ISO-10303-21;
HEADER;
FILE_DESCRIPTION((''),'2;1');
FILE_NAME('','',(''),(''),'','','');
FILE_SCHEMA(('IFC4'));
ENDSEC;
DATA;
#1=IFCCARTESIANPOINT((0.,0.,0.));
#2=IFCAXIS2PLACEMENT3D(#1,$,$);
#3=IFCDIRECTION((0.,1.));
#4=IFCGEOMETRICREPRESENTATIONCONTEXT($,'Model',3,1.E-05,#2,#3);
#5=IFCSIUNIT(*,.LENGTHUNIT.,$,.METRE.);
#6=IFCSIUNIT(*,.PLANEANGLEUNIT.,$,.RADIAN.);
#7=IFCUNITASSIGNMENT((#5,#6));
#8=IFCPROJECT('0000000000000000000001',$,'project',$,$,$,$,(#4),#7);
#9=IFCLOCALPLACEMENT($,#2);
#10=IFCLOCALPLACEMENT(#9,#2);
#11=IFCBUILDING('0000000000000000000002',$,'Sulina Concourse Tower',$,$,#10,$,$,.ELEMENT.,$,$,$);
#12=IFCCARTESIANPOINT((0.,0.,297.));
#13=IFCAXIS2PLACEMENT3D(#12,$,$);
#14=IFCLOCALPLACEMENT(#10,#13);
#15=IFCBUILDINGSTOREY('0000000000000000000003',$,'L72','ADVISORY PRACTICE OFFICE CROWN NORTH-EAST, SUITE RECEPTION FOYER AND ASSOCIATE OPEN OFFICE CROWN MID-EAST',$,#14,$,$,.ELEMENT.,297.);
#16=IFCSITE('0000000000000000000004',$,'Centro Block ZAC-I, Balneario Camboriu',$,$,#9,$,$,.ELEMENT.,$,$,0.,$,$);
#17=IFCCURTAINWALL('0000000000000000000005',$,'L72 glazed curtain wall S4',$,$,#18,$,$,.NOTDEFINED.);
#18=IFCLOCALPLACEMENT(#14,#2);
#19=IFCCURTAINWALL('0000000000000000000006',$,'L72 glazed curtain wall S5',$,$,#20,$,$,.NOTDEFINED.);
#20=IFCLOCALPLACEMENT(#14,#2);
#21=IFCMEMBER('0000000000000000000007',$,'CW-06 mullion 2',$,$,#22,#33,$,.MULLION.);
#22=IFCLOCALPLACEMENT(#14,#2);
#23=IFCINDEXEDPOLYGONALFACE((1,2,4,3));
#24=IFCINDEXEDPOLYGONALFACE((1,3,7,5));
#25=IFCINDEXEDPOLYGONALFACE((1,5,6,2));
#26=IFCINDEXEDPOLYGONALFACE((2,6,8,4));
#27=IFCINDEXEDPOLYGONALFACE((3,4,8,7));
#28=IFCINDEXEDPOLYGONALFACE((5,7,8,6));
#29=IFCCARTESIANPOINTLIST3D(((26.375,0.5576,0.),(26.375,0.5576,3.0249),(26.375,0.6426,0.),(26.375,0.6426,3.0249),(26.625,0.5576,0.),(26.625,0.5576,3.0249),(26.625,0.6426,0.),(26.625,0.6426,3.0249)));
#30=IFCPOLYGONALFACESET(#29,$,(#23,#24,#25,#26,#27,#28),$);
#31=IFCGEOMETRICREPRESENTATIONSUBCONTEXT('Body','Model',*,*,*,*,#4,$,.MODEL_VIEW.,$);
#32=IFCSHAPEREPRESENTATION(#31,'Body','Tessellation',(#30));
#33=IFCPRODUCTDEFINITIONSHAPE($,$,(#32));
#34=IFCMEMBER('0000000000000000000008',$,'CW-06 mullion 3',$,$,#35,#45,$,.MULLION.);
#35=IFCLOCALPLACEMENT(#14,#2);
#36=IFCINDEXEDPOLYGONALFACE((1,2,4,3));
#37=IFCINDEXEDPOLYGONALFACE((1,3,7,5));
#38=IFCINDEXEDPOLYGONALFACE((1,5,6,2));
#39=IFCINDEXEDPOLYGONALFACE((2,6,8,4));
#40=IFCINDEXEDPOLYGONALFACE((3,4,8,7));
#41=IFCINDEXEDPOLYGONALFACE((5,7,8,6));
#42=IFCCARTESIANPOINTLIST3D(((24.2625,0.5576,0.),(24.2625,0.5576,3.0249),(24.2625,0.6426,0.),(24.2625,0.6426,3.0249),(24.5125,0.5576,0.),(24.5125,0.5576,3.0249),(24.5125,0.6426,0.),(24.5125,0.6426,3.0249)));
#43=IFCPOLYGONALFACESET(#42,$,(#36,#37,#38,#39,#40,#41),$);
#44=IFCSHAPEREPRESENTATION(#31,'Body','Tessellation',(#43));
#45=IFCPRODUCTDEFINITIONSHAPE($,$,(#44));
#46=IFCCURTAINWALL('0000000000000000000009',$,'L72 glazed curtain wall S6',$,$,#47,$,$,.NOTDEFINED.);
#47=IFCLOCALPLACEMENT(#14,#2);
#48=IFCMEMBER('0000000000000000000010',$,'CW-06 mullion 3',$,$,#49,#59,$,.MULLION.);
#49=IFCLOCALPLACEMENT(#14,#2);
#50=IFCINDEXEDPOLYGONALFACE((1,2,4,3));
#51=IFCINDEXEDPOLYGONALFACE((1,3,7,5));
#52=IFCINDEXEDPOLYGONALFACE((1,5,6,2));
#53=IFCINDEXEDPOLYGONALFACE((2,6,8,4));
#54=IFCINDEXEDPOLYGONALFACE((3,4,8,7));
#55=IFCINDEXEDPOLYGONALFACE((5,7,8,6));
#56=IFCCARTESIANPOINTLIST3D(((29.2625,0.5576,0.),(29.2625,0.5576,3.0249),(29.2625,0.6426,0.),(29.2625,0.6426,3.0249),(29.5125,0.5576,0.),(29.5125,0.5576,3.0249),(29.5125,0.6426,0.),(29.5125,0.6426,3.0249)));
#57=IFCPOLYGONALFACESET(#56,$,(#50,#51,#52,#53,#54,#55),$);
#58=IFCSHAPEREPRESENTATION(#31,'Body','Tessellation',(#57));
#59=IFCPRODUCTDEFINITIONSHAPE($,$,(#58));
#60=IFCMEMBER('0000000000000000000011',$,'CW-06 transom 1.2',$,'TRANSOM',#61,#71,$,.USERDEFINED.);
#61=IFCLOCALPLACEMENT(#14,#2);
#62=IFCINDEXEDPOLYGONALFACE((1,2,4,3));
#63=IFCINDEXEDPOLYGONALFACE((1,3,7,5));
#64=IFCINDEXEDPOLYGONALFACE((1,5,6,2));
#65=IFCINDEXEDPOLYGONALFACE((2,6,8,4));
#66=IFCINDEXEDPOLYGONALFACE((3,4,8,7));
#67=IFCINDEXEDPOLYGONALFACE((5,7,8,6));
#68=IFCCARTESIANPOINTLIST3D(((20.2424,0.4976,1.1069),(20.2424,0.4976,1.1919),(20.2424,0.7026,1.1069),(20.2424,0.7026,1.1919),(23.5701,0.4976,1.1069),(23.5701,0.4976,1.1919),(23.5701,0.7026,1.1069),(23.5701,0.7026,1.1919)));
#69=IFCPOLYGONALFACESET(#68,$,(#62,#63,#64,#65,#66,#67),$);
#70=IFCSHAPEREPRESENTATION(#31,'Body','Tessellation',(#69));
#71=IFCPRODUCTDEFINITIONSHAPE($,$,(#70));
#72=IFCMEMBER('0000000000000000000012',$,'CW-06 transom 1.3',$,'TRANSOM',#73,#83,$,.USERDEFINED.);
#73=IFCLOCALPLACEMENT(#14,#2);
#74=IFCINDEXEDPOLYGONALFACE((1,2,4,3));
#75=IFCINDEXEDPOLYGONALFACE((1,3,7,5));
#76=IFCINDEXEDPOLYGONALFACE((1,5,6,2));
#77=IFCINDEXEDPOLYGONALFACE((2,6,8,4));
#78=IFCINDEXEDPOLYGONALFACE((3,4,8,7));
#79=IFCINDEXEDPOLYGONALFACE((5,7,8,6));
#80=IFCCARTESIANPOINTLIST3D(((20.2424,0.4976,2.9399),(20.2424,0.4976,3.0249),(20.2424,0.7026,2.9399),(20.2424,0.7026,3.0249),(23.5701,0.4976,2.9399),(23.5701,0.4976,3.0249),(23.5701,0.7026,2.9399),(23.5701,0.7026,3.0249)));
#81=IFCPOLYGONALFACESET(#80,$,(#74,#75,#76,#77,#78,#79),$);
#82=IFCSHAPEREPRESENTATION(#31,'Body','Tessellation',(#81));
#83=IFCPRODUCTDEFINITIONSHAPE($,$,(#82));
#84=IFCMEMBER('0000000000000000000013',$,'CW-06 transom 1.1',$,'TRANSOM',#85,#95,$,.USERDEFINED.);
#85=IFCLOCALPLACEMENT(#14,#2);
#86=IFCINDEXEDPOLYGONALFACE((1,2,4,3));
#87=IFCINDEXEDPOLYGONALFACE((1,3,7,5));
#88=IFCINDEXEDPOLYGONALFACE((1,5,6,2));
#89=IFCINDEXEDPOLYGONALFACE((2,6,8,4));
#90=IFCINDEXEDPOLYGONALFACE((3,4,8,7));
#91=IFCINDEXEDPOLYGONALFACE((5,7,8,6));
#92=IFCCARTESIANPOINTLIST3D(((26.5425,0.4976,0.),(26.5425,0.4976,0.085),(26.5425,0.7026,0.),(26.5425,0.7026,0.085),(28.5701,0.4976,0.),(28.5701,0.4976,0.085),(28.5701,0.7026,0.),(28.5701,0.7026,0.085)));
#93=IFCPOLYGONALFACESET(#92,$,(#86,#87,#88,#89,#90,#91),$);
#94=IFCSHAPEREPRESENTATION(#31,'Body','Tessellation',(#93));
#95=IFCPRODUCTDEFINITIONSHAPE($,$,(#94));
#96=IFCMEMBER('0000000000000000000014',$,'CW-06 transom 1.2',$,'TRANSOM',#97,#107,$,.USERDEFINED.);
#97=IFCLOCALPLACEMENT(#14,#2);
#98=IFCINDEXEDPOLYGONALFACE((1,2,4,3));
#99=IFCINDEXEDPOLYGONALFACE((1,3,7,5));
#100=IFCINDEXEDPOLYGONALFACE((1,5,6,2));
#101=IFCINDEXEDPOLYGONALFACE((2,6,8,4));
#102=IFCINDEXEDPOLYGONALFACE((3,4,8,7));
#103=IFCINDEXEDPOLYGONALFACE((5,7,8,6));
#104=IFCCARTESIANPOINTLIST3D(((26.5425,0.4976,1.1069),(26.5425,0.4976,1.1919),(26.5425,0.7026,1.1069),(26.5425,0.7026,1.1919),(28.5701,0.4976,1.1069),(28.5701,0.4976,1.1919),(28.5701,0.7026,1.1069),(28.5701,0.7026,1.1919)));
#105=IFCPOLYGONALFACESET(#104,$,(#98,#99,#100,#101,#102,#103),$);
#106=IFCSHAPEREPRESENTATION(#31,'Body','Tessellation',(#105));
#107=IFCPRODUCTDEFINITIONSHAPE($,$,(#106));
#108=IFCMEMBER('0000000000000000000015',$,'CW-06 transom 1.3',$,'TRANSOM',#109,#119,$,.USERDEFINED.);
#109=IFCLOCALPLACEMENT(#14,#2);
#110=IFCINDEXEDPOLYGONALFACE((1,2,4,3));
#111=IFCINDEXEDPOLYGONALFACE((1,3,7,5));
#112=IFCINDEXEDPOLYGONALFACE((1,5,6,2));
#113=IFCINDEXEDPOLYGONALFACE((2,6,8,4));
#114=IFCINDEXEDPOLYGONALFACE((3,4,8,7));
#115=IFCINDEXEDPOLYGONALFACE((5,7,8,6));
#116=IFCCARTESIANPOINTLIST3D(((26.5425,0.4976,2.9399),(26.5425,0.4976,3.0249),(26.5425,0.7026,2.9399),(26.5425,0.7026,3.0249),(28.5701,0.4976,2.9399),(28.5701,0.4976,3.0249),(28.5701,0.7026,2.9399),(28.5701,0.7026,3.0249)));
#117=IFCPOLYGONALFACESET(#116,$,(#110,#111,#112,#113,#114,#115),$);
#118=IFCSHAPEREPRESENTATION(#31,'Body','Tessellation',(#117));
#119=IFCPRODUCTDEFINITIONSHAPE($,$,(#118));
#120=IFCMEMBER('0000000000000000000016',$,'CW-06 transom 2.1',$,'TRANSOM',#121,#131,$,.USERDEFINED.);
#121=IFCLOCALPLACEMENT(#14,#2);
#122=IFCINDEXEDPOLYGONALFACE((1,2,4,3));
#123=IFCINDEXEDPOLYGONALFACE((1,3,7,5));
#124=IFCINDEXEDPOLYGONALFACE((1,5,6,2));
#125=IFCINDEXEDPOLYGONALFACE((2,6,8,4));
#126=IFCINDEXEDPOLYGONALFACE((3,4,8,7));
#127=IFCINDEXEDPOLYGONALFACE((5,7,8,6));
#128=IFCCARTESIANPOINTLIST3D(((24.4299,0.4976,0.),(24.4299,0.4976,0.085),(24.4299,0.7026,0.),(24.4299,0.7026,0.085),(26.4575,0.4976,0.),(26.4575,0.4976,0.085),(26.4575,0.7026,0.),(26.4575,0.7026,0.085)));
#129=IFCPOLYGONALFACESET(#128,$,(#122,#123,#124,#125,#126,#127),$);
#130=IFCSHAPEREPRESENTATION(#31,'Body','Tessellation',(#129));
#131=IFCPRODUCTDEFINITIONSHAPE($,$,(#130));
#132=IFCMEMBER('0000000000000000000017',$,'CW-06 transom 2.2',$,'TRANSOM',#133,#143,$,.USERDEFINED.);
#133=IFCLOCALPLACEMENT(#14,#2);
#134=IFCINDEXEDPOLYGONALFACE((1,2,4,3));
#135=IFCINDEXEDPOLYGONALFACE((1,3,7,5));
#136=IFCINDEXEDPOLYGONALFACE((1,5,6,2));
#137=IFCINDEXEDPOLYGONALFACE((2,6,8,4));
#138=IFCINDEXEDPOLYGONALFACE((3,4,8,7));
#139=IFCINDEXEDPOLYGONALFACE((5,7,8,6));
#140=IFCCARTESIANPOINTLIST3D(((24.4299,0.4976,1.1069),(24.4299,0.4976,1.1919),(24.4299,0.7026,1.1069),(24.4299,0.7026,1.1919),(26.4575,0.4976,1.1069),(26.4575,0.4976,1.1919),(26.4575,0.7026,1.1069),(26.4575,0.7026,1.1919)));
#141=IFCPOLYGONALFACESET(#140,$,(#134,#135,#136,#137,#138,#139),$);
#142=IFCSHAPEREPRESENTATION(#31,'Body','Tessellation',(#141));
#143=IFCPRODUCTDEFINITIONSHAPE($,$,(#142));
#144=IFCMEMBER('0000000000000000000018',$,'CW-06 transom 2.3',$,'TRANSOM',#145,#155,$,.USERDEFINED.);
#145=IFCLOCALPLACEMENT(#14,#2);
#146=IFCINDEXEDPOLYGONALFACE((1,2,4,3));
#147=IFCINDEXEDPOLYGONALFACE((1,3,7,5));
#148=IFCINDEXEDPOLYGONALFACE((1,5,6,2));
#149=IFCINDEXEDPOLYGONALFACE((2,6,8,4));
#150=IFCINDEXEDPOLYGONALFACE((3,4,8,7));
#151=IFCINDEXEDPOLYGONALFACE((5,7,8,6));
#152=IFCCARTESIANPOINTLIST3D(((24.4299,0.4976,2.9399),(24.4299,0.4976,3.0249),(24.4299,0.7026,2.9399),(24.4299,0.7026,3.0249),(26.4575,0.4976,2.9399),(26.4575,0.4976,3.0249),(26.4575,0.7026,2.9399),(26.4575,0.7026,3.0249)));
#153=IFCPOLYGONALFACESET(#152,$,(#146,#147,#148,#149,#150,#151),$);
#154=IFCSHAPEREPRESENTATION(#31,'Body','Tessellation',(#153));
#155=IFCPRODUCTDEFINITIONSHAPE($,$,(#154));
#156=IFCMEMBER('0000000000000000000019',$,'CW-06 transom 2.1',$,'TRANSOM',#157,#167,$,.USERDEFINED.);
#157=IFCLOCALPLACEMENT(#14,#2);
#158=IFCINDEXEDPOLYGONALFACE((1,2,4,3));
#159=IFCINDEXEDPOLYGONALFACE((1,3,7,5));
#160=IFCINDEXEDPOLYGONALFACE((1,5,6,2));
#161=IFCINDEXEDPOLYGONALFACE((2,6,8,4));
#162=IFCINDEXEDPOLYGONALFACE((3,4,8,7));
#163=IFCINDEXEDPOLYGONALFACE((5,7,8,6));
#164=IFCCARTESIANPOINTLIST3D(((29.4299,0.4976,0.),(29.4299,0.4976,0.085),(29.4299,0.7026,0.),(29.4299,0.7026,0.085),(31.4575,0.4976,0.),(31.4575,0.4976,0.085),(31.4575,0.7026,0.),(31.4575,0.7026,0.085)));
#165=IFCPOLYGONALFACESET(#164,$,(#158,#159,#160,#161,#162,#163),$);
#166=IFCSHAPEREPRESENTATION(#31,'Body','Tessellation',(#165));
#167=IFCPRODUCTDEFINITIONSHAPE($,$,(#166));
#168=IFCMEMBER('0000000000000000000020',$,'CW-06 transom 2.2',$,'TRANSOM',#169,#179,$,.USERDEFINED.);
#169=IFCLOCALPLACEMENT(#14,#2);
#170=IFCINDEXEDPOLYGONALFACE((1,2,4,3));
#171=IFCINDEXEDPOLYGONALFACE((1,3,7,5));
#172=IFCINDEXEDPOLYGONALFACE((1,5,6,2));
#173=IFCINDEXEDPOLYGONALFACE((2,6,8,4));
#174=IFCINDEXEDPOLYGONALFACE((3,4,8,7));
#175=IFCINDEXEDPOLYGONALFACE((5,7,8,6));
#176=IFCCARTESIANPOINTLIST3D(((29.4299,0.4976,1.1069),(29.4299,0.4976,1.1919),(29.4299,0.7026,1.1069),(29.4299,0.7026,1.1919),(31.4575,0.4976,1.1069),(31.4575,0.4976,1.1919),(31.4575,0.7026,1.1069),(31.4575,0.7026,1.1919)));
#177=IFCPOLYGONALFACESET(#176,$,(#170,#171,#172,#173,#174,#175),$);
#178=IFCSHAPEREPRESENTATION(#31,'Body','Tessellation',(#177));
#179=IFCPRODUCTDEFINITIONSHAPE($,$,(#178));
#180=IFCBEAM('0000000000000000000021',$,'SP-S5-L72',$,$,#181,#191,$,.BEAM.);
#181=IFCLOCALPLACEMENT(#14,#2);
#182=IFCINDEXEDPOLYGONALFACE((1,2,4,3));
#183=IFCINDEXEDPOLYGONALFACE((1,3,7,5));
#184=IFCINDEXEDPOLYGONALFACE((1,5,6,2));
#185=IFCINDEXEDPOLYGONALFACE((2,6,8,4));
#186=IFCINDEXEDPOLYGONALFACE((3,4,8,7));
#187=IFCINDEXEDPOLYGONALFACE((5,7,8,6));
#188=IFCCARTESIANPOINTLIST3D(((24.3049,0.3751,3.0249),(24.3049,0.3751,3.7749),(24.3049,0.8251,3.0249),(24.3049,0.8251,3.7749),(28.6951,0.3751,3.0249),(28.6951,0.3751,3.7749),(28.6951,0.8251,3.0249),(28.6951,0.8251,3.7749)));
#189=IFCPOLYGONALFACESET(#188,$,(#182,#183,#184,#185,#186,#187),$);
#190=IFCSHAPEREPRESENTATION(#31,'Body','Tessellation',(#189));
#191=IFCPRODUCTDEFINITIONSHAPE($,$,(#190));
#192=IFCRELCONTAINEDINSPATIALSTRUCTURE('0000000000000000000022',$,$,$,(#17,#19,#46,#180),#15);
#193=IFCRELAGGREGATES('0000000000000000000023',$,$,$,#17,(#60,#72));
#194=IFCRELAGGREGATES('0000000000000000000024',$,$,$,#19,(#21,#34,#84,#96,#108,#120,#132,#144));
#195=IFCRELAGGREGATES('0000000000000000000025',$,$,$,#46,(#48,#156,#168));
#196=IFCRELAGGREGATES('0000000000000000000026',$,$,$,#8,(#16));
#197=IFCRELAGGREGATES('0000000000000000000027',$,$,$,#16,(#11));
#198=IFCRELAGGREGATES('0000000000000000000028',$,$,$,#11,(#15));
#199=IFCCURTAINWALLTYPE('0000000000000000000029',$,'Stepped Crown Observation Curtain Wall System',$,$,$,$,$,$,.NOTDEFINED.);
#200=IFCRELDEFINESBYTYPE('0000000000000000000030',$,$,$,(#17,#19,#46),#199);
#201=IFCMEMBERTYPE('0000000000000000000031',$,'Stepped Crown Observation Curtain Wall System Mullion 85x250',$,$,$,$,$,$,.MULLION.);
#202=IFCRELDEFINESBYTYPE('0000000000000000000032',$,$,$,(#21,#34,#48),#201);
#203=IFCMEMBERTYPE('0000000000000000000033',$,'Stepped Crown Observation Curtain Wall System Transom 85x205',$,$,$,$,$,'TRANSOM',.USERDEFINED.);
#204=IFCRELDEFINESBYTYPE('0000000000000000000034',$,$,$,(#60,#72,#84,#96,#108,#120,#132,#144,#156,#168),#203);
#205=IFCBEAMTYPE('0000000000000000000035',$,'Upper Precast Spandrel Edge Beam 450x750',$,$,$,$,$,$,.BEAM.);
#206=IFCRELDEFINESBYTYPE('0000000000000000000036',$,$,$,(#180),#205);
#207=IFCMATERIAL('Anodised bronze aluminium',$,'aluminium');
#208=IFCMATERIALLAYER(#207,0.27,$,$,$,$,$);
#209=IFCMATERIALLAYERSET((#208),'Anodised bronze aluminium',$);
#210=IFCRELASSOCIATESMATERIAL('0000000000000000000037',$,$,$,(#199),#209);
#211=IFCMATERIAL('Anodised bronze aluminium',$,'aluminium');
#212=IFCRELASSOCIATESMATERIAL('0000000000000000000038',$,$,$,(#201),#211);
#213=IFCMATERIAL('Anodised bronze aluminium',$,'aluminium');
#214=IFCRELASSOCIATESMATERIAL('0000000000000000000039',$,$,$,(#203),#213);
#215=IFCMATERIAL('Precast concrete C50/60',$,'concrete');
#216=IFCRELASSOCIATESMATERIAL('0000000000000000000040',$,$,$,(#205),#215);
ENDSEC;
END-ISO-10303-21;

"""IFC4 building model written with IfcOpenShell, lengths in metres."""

from ifc_helpers import new_model, si_unit, direction, frame, origin, origin_2d, place, context, subcontext, project, spatial, rectangle, extrude, material, layer, layer_set, material_profile, profile_set, type_object, element, aggregate, save


model = new_model("IFC4")

# Units and contexts
model_context = context("Model", 3, precision=1e-05, world=origin(), true_north=direction((0.0, 1.0)))
body_context = subcontext(model_context, "Body", "Model", "MODEL_VIEW")
ifc_project = project(units=[si_unit("LENGTHUNIT", "METRE"), si_unit("PLANEANGLEUNIT", "RADIAN")], contexts=[model_context])

# Site, building, storey
site_placement = place(None, origin())
site = spatial("IfcSite", under=ifc_project, at=site_placement, Name="Centro Block ZAC-I, Balneario Camboriu", CompositionType="ELEMENT", RefElevation=0.0)
building_placement = place(site_placement, origin())
building = spatial("IfcBuilding", under=site, at=building_placement, Name="Sulina Concourse Tower", CompositionType="ELEMENT")
storey_placement = place(building_placement, frame((0.0, 0.0, 297.0)))
storey = spatial("IfcBuildingStorey", under=building, at=storey_placement, Name="L72", Description="ADVISORY PRACTICE OFFICE CROWN NORTH-EAST, SUITE RECEPTION FOYER AND ASSOCIATE OPEN OFFICE CROWN MID-EAST", CompositionType="ELEMENT", Elevation=297.0)

# Curtain wall
ifc_material_1 = material(Name="Anodised bronze aluminium", Category="aluminium")
ifc_layer_1 = layer(ifc_material_1, 0.27)
ifc_layer_set_1 = layer_set([ifc_layer_1], Name="Anodised bronze aluminium")
curtain_wall_type = type_object("IfcCurtainWallType", Name="Stepped Crown Observation Curtain Wall System", PredefinedType="NOTDEFINED", material=ifc_layer_set_1)
curtain_wall_1_placement = place(storey_placement, origin())
curtain_wall_1 = element("IfcCurtainWall", 1, at=curtain_wall_1_placement, inside=storey, type_object=curtain_wall_type, Name="L72 glazed curtain wall S4", PredefinedType="NOTDEFINED")
ifc_material_2 = material(Name="Anodised bronze aluminium", Category="aluminium")
ifc_material_profile_1 = material_profile(ifc_material_2, rectangle(XDim=0.085, YDim=0.25, at=origin_2d()), Name="MUL 85x250")
ifc_profile_set_1 = profile_set([ifc_material_profile_1], Name="Anodised bronze aluminium")
member_type_1 = type_object("IfcMemberType", Name="Stepped Crown Observation Curtain Wall System Mullion 85x250", PredefinedType="MULLION", material=ifc_profile_set_1)

# Curtain wall, members
curtain_wall_2_placement = place(storey_placement, origin())
curtain_wall_2 = element("IfcCurtainWall", 2, at=curtain_wall_2_placement, inside=storey, type_object=curtain_wall_type, Name="L72 glazed curtain wall S5", PredefinedType="NOTDEFINED")
member_1_placement = place(storey_placement, frame((26.5, 0.6001, 0.0), z_axis=(0.0, 0.0, 1.0), x_axis=(0.0, -1.0, 0.0)))
member_1 = element("IfcMember", 3, at=member_1_placement, type_object=member_type_1, Name="CW-06 mullion 2", PredefinedType="MULLION", context=body_context, shape_type="SweptSolid", body=[
    extrude(rectangle(XDim=0.085, YDim=0.25, at=origin_2d()), origin(), (0.0, 0.0, 1.0), 3.0249),
])
member_2_placement = place(storey_placement, frame((24.3875, 0.6001, 0.0), z_axis=(0.0, 0.0, 1.0), x_axis=(0.0, -1.0, 0.0)))
member_2 = element("IfcMember", 4, at=member_2_placement, type_object=member_type_1, Name="CW-06 mullion 3", PredefinedType="MULLION", context=body_context, shape_type="SweptSolid", body=[
    extrude(rectangle(XDim=0.085, YDim=0.25, at=origin_2d()), origin(), (0.0, 0.0, 1.0), 3.0249),
])

# Curtain wall, member
curtain_wall_3_placement = place(storey_placement, origin())
curtain_wall_3 = element("IfcCurtainWall", 5, at=curtain_wall_3_placement, inside=storey, type_object=curtain_wall_type, Name="L72 glazed curtain wall S6", PredefinedType="NOTDEFINED")
member_3_placement = place(storey_placement, frame((29.3875, 0.6001, 0.0), z_axis=(0.0, 0.0, 1.0), x_axis=(0.0, -1.0, 0.0)))
member_3 = element("IfcMember", 6, at=member_3_placement, type_object=member_type_1, Name="CW-06 mullion 3", PredefinedType="MULLION", context=body_context, shape_type="SweptSolid", body=[
    extrude(rectangle(XDim=0.085, YDim=0.25, at=origin_2d()), origin(), (0.0, 0.0, 1.0), 3.0249),
])

# Members
ifc_material_3 = material(Name="Anodised bronze aluminium", Category="aluminium")
ifc_material_profile_2 = material_profile(ifc_material_3, rectangle(XDim=0.2051, YDim=0.085, at=origin_2d()), Name="TRN 85x205")
ifc_profile_set_2 = profile_set([ifc_material_profile_2], Name="Anodised bronze aluminium")
member_type_2 = type_object("IfcMemberType", Name="Stepped Crown Observation Curtain Wall System Transom 85x205", ElementType="TRANSOM", PredefinedType="USERDEFINED", material=ifc_profile_set_2)
member_4_placement = place(storey_placement, frame((23.5701, 0.6001, 1.1494), z_axis=(-1.0, 0.0, 0.0), x_axis=(0.0, -1.0, 0.0)))
member_4 = element("IfcMember", 7, at=member_4_placement, type_object=member_type_2, Name="CW-06 transom 1.2", ObjectType="TRANSOM", PredefinedType="USERDEFINED", context=body_context, shape_type="SweptSolid", body=[
    extrude(rectangle(XDim=0.2051, YDim=0.085, at=origin_2d()), origin(), (0.0, 0.0, 1.0), 3.3276),
])
member_5_placement = place(storey_placement, frame((23.5701, 0.6001, 2.9824), z_axis=(-1.0, 0.0, 0.0), x_axis=(0.0, -1.0, 0.0)))
member_5 = element("IfcMember", 8, at=member_5_placement, type_object=member_type_2, Name="CW-06 transom 1.3", ObjectType="TRANSOM", PredefinedType="USERDEFINED", context=body_context, shape_type="SweptSolid", body=[
    extrude(rectangle(XDim=0.2051, YDim=0.085, at=origin_2d()), origin(), (0.0, 0.0, 1.0), 3.3276),
])
aggregate(curtain_wall_1, [member_4, member_5])
member_6_placement = place(storey_placement, frame((28.5701, 0.6001, 0.0425), z_axis=(-1.0, 0.0, 0.0), x_axis=(0.0, -1.0, 0.0)))
member_6 = element("IfcMember", 9, at=member_6_placement, type_object=member_type_2, Name="CW-06 transom 1.1", ObjectType="TRANSOM", PredefinedType="USERDEFINED", context=body_context, shape_type="SweptSolid", body=[
    extrude(rectangle(XDim=0.2051, YDim=0.085, at=origin_2d()), origin(), (0.0, 0.0, 1.0), 2.0276),
])
member_7_placement = place(storey_placement, frame((28.5701, 0.6001, 1.1494), z_axis=(-1.0, 0.0, 0.0), x_axis=(0.0, -1.0, 0.0)))
member_7 = element("IfcMember", 10, at=member_7_placement, type_object=member_type_2, Name="CW-06 transom 1.2", ObjectType="TRANSOM", PredefinedType="USERDEFINED", context=body_context, shape_type="SweptSolid", body=[
    extrude(rectangle(XDim=0.2051, YDim=0.085, at=origin_2d()), origin(), (0.0, 0.0, 1.0), 2.0276),
])
member_8_placement = place(storey_placement, frame((28.5701, 0.6001, 2.9824), z_axis=(-1.0, 0.0, 0.0), x_axis=(0.0, -1.0, 0.0)))
member_8 = element("IfcMember", 11, at=member_8_placement, type_object=member_type_2, Name="CW-06 transom 1.3", ObjectType="TRANSOM", PredefinedType="USERDEFINED", context=body_context, shape_type="SweptSolid", body=[
    extrude(rectangle(XDim=0.2051, YDim=0.085, at=origin_2d()), origin(), (0.0, 0.0, 1.0), 2.0276),
])
member_9_placement = place(storey_placement, frame((26.4575, 0.6001, 0.0425), z_axis=(-1.0, 0.0, 0.0), x_axis=(0.0, -1.0, 0.0)))
member_9 = element("IfcMember", 12, at=member_9_placement, type_object=member_type_2, Name="CW-06 transom 2.1", ObjectType="TRANSOM", PredefinedType="USERDEFINED", context=body_context, shape_type="SweptSolid", body=[
    extrude(rectangle(XDim=0.2051, YDim=0.085, at=origin_2d()), origin(), (0.0, 0.0, 1.0), 2.0276),
])
member_10_placement = place(storey_placement, frame((26.4575, 0.6001, 1.1494), z_axis=(-1.0, 0.0, 0.0), x_axis=(0.0, -1.0, 0.0)))
member_10 = element("IfcMember", 13, at=member_10_placement, type_object=member_type_2, Name="CW-06 transom 2.2", ObjectType="TRANSOM", PredefinedType="USERDEFINED", context=body_context, shape_type="SweptSolid", body=[
    extrude(rectangle(XDim=0.2051, YDim=0.085, at=origin_2d()), origin(), (0.0, 0.0, 1.0), 2.0276),
])
member_11_placement = place(storey_placement, frame((26.4575, 0.6001, 2.9824), z_axis=(-1.0, 0.0, 0.0), x_axis=(0.0, -1.0, 0.0)))
member_11 = element("IfcMember", 14, at=member_11_placement, type_object=member_type_2, Name="CW-06 transom 2.3", ObjectType="TRANSOM", PredefinedType="USERDEFINED", context=body_context, shape_type="SweptSolid", body=[
    extrude(rectangle(XDim=0.2051, YDim=0.085, at=origin_2d()), origin(), (0.0, 0.0, 1.0), 2.0276),
])
member_12_placement = place(storey_placement, frame((31.4575, 0.6001, 0.0425), z_axis=(-1.0, 0.0, 0.0), x_axis=(0.0, -1.0, 0.0)))
member_12 = element("IfcMember", 15, at=member_12_placement, type_object=member_type_2, Name="CW-06 transom 2.1", ObjectType="TRANSOM", PredefinedType="USERDEFINED", context=body_context, shape_type="SweptSolid", body=[
    extrude(rectangle(XDim=0.2051, YDim=0.085, at=origin_2d()), origin(), (0.0, 0.0, 1.0), 2.0276),
])
member_13_placement = place(storey_placement, frame((31.4575, 0.6001, 1.1494), z_axis=(-1.0, 0.0, 0.0), x_axis=(0.0, -1.0, 0.0)))
member_13 = element("IfcMember", 16, at=member_13_placement, type_object=member_type_2, Name="CW-06 transom 2.2", ObjectType="TRANSOM", PredefinedType="USERDEFINED", context=body_context, shape_type="SweptSolid", body=[
    extrude(rectangle(XDim=0.2051, YDim=0.085, at=origin_2d()), origin(), (0.0, 0.0, 1.0), 2.0276),
])

# Beam
ifc_material_4 = material(Name="Precast concrete C50/60", Category="concrete")
ifc_material_profile_3 = material_profile(ifc_material_4, rectangle(XDim=0.45, YDim=0.75, at=origin_2d()), Name="RC 450x750")
ifc_profile_set_3 = profile_set([ifc_material_profile_3], Name="Precast concrete C50/60")
beam_type_1 = type_object("IfcBeamType", Name="Upper Precast Spandrel Edge Beam 450x750", PredefinedType="BEAM", material=ifc_profile_set_3)
for number, where, z_axis, x_axis, name in (
    (17, (24.3049, 0.6001, 3.3999), (1.0, 0.0, 0.0), (0.0, 1.0, 0.0), "SP-S5-L72"),
):
    element("IfcBeam", number, at=place(storey_placement, frame(where, z_axis=z_axis, x_axis=x_axis)), inside=storey, type_object=beam_type_1, Name=name, PredefinedType="BEAM", context=body_context, shape_type="SweptSolid", body=[
        extrude(rectangle(XDim=0.45, YDim=0.75, at=origin_2d()), origin(), (0.0, 0.0, 1.0), 4.3901),
    ])

aggregate(curtain_wall_2, [member_1, member_2, member_6, member_7, member_8, member_9, member_10, member_11])
aggregate(curtain_wall_3, [member_3, member_12, member_13])

save(model, "model.ifc")
